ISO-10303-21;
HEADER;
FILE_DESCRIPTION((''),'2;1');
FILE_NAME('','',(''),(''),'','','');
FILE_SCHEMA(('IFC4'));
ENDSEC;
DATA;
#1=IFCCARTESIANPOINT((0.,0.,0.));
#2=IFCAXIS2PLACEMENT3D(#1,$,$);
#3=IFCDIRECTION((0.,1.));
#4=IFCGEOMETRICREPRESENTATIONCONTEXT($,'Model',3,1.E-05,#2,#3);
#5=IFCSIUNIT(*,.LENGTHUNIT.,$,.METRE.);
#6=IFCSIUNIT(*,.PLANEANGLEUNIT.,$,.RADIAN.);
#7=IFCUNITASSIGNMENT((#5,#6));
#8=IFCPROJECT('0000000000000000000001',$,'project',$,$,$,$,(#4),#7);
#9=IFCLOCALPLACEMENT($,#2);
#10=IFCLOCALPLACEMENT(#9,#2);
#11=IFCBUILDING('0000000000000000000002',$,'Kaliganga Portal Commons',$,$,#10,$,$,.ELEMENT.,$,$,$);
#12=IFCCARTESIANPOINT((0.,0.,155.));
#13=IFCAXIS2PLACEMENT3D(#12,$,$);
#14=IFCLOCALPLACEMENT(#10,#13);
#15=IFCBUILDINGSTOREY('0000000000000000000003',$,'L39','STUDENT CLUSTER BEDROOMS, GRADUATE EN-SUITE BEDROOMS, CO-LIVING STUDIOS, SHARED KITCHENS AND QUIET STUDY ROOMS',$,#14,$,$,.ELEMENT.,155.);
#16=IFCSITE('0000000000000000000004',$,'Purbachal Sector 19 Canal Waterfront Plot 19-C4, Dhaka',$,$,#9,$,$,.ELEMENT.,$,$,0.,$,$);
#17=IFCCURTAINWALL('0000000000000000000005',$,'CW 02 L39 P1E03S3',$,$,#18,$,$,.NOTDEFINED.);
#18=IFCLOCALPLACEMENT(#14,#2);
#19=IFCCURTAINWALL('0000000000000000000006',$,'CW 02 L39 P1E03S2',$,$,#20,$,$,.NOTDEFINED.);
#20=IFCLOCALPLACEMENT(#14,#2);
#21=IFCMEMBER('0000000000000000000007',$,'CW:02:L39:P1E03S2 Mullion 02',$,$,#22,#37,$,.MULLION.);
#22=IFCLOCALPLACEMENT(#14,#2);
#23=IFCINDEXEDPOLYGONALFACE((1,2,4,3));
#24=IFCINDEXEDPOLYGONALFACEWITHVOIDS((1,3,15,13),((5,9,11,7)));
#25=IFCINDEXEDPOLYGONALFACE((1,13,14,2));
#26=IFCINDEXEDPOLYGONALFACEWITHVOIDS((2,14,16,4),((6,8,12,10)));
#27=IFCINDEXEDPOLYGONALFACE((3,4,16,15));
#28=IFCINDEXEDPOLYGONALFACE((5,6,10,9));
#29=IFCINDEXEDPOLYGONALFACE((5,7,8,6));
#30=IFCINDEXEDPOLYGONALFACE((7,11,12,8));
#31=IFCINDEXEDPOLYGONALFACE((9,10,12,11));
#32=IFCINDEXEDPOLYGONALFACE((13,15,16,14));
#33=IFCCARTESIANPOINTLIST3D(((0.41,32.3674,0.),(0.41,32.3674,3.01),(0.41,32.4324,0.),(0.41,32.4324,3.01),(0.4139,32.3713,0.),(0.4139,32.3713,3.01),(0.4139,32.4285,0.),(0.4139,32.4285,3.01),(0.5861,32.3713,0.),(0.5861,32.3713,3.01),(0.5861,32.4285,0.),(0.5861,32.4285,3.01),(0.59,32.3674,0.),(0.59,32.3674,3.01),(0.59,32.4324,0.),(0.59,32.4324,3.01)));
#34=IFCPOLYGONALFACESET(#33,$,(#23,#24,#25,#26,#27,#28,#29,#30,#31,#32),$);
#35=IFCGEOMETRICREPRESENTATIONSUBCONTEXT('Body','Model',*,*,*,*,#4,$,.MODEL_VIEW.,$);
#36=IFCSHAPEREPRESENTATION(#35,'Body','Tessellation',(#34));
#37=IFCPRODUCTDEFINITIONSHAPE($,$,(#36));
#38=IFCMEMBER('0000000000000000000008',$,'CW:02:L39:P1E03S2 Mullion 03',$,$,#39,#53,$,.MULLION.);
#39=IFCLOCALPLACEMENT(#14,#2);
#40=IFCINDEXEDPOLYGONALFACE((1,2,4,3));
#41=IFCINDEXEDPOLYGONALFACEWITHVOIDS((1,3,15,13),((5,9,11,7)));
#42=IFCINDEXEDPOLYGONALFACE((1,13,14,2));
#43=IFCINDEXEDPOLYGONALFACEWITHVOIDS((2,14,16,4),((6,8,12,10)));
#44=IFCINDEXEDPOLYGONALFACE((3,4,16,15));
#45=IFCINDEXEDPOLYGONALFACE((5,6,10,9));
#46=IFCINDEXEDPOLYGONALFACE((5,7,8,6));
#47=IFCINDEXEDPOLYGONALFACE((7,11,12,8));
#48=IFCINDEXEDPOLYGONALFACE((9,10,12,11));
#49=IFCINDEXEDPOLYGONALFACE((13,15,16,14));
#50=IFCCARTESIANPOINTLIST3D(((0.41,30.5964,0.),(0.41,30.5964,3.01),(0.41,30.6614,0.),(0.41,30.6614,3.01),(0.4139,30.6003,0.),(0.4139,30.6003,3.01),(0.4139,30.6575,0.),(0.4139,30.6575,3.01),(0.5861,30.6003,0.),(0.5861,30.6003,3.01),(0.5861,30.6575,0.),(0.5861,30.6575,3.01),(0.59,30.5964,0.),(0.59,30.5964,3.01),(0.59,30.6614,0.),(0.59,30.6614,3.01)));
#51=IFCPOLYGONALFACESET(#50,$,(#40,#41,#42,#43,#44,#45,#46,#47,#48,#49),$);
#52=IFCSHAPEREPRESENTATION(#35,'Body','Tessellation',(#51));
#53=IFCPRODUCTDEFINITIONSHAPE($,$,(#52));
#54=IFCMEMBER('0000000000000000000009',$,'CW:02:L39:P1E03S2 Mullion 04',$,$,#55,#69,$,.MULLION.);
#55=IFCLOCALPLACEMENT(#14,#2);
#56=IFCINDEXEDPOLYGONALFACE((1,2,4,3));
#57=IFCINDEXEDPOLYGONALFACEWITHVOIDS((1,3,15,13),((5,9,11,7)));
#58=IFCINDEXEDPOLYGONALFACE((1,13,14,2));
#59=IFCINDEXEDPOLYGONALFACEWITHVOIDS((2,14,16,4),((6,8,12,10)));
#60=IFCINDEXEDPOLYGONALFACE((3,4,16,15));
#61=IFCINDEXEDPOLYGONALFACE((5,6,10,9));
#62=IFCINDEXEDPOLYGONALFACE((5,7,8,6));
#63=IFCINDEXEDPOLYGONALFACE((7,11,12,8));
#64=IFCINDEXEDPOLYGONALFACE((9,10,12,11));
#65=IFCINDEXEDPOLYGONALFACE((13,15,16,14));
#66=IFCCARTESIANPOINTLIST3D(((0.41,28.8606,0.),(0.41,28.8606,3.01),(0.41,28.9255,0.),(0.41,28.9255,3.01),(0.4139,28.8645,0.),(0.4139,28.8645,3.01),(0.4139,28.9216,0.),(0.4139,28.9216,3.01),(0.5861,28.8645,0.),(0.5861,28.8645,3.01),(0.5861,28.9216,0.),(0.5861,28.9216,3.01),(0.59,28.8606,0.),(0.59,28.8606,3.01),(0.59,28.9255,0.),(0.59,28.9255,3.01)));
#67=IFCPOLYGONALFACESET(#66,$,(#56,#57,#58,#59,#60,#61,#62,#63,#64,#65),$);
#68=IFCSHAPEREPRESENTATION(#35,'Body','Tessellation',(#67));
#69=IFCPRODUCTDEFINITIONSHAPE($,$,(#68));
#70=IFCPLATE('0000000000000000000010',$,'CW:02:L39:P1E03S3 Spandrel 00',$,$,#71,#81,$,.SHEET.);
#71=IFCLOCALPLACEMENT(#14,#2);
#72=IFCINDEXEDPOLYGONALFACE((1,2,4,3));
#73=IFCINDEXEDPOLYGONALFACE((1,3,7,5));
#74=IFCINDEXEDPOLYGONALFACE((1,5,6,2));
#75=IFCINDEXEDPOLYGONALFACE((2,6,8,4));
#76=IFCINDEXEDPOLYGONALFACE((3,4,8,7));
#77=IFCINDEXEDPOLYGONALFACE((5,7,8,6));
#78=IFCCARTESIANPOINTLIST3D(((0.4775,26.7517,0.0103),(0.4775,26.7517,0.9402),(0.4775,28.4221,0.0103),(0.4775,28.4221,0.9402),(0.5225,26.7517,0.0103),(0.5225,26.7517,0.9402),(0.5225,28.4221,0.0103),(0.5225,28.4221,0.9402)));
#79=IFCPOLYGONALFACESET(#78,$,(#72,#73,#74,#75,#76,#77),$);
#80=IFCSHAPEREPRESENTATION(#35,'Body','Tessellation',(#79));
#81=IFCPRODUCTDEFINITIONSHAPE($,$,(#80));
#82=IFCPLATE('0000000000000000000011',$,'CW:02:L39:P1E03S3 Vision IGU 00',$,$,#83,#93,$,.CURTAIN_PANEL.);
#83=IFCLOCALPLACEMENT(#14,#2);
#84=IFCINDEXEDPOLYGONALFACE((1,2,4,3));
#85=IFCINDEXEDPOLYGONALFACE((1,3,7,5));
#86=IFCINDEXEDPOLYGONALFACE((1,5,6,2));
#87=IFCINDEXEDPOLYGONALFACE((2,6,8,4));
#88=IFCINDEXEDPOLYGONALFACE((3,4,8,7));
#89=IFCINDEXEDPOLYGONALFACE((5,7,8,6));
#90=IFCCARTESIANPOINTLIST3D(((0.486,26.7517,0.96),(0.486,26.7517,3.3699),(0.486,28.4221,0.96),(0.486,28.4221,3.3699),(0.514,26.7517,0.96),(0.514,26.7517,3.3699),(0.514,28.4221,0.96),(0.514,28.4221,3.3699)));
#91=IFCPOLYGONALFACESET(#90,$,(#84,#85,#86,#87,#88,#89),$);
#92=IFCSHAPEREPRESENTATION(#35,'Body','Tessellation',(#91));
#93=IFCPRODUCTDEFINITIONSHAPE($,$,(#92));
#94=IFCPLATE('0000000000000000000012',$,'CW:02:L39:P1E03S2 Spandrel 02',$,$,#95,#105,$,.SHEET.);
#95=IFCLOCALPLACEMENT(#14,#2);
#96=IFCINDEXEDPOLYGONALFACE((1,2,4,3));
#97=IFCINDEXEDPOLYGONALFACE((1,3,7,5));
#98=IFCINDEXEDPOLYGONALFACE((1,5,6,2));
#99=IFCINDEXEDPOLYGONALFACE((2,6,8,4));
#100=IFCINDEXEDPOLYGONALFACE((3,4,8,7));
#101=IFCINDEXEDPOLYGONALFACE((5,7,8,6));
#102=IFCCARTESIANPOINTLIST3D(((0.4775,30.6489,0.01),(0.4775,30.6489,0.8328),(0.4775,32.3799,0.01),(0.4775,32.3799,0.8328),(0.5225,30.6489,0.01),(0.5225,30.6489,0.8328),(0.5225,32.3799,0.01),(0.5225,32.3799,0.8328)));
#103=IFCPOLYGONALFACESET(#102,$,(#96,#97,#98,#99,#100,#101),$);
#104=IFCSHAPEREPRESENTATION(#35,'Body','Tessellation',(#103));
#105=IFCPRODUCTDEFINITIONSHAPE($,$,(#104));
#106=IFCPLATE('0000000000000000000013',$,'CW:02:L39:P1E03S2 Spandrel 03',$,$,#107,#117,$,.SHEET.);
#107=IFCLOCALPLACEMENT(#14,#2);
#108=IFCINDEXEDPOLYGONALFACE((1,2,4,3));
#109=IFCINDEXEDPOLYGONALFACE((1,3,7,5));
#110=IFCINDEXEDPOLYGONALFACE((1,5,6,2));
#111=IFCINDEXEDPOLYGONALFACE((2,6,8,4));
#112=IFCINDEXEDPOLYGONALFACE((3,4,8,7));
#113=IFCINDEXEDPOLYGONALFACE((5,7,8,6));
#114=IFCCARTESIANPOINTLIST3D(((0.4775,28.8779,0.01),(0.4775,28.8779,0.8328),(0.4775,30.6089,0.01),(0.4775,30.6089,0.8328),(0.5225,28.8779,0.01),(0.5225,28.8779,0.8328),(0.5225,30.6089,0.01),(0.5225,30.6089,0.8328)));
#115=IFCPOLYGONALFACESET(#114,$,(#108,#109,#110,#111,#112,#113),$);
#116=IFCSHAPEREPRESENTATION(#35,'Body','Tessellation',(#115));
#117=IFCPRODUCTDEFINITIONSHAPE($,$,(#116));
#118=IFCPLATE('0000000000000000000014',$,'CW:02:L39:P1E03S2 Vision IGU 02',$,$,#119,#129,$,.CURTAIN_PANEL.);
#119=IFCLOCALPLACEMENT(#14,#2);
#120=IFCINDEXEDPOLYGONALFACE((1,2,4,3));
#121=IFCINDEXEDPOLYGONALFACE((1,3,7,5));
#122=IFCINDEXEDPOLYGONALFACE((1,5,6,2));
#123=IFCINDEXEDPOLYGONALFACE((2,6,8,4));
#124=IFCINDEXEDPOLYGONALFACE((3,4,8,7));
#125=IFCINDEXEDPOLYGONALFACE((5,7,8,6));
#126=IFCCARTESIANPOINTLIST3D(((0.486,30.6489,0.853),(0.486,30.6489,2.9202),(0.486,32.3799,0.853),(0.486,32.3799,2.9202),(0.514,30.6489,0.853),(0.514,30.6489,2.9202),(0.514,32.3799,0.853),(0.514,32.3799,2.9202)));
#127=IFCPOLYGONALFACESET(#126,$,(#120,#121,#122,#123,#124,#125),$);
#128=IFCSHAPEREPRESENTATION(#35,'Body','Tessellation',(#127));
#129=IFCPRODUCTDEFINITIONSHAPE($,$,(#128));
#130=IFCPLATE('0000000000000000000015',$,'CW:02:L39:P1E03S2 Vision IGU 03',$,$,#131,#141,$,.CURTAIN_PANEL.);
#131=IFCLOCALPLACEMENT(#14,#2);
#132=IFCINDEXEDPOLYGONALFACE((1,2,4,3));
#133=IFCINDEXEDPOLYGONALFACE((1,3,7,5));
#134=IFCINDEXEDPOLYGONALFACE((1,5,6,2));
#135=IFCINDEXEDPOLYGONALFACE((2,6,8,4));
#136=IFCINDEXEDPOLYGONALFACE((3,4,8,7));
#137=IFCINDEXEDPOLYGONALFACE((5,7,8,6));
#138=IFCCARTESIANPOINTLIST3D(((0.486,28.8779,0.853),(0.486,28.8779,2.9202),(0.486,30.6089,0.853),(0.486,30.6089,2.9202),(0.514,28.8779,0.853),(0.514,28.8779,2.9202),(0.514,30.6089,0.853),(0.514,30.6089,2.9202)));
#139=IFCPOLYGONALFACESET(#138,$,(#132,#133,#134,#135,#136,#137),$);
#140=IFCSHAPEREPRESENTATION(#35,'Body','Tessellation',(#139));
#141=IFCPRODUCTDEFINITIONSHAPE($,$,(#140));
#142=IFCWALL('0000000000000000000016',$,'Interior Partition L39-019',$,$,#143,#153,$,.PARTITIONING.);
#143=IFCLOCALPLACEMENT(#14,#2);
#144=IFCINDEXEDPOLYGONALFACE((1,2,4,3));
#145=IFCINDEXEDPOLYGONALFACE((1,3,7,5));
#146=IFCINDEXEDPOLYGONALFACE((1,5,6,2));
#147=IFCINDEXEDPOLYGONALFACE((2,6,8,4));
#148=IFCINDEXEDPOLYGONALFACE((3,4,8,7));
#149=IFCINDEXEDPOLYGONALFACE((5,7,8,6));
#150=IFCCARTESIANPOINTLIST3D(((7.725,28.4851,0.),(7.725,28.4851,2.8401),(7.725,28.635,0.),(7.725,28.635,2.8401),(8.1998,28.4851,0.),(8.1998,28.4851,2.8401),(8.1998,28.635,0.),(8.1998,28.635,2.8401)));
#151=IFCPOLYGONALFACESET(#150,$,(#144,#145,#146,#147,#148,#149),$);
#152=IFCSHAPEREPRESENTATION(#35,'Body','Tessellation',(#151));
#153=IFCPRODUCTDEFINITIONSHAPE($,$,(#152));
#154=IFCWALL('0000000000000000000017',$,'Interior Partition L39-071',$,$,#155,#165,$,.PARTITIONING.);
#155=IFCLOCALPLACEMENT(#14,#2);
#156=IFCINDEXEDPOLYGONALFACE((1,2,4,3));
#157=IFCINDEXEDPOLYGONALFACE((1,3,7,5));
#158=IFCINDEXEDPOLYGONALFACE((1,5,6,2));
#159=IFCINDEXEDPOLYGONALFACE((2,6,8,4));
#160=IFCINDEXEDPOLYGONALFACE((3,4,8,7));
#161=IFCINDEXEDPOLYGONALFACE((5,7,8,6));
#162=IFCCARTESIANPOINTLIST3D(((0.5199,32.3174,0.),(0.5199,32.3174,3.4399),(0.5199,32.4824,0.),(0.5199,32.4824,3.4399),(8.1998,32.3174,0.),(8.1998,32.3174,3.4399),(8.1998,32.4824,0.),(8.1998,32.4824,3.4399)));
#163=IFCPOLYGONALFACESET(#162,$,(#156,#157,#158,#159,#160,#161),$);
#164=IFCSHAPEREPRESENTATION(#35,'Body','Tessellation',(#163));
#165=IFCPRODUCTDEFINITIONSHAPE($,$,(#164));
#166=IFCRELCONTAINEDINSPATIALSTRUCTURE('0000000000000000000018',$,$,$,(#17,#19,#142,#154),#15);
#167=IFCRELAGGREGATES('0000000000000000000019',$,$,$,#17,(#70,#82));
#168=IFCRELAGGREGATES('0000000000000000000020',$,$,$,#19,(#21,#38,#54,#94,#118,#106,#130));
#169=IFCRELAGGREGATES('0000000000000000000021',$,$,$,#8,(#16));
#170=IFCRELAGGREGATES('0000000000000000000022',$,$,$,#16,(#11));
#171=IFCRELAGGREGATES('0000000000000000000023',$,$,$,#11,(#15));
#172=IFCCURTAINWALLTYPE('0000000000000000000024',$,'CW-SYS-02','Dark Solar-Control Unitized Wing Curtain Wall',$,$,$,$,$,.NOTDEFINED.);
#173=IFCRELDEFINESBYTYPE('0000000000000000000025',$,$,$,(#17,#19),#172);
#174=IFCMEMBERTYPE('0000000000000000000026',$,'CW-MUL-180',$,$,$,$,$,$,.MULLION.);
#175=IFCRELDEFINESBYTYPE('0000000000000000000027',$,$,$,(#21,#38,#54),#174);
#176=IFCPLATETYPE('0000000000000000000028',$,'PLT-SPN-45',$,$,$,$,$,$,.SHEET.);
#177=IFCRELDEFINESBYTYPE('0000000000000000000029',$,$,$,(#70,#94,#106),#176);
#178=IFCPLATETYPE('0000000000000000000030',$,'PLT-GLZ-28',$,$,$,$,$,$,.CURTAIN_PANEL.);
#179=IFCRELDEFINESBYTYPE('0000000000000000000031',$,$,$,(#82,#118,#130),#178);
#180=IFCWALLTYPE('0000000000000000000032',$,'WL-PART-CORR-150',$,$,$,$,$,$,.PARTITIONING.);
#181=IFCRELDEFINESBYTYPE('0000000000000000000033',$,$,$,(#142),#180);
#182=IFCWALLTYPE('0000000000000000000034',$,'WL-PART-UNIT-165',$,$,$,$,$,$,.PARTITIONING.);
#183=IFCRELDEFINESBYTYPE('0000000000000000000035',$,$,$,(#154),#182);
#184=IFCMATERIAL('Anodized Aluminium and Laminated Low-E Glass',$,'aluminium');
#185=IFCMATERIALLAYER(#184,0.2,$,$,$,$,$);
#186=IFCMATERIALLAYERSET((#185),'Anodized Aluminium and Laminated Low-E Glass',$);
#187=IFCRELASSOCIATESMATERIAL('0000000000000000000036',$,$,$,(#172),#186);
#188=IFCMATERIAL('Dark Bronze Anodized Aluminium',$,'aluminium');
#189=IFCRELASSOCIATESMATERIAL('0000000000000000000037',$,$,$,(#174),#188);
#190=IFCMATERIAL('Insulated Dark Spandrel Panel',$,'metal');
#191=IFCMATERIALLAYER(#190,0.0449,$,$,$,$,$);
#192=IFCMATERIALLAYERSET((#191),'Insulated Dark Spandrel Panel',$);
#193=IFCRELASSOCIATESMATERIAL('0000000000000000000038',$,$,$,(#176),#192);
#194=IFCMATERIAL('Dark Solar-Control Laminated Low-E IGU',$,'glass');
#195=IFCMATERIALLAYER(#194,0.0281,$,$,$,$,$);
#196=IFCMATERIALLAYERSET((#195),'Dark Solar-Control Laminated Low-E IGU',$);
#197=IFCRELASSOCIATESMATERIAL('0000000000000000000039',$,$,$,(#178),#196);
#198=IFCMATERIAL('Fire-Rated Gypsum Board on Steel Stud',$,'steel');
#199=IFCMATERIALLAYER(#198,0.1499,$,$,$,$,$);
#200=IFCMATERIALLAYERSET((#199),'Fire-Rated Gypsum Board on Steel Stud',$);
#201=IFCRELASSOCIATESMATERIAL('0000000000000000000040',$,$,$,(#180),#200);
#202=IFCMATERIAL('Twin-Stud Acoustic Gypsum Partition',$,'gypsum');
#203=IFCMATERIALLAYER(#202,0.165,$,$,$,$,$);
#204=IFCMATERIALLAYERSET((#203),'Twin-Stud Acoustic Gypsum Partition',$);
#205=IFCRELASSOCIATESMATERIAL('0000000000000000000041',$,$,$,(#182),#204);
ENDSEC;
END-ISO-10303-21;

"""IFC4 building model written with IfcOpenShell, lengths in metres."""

from ifc_helpers import new_model, si_unit, direction, frame, frame_2d, origin, origin_2d, place, context, subcontext, project, spatial, rectangle, hollow_rectangle, extrude, source, transform, mapped, material, layer, layer_set, material_profile, profile_set, type_object, element, aggregate, save


model = new_model("IFC4")

# Units and contexts
model_context = context("Model", 3, precision=1e-05, world=origin(), true_north=direction((0.0, 1.0)))
body_context = subcontext(model_context, "Body", "Model", "MODEL_VIEW")
ifc_project = project(units=[si_unit("LENGTHUNIT", "METRE"), si_unit("PLANEANGLEUNIT", "RADIAN")], contexts=[model_context])

# Site, building, storey
site_placement = place(None, origin())
site = spatial("IfcSite", under=ifc_project, at=site_placement, Name="Purbachal Sector 19 Canal Waterfront Plot 19-C4, Dhaka", CompositionType="ELEMENT", RefElevation=0.0)
building_placement = place(site_placement, origin())
building = spatial("IfcBuilding", under=site, at=building_placement, Name="Kaliganga Portal Commons", CompositionType="ELEMENT")
storey_placement = place(building_placement, frame((0.0, 0.0, 155.0)))
storey = spatial("IfcBuildingStorey", under=building, at=storey_placement, Name="L39", Description="STUDENT CLUSTER BEDROOMS, GRADUATE EN-SUITE BEDROOMS, CO-LIVING STUDIOS, SHARED KITCHENS AND QUIET STUDY ROOMS", CompositionType="ELEMENT", Elevation=155.0)

# Curtain walls, members
ifc_material_1 = material(Name="Anodized Aluminium and Laminated Low-E Glass", Category="aluminium")
ifc_layer_1 = layer(ifc_material_1, 0.2)
ifc_layer_set_1 = layer_set([ifc_layer_1], Name="Anodized Aluminium and Laminated Low-E Glass")
curtain_wall_type = type_object("IfcCurtainWallType", Name="CW-SYS-02", Description="Dark Solar-Control Unitized Wing Curtain Wall", PredefinedType="NOTDEFINED", material=ifc_layer_set_1)
curtain_wall_1_placement = place(storey_placement, origin())
curtain_wall_1 = element("IfcCurtainWall", 1, at=curtain_wall_1_placement, inside=storey, type_object=curtain_wall_type, Name="CW 02 L39 P1E03S3", PredefinedType="NOTDEFINED")
ifc_material_2 = material(Name="Dark Bronze Anodized Aluminium", Category="aluminium")
ifc_material_profile_1 = material_profile(ifc_material_2, hollow_rectangle(XDim=0.0649, YDim=0.1799, WallThickness=0.0039, at=origin_2d()), Name="ALU MULL 65x180x4")
ifc_profile_set_1 = profile_set([ifc_material_profile_1], Name="Dark Bronze Anodized Aluminium")
member_type_1 = type_object("IfcMemberType", Name="CW-MUL-180", PredefinedType="MULLION", material=ifc_profile_set_1)
curtain_wall_2_placement = place(storey_placement, origin())
curtain_wall_2 = element("IfcCurtainWall", 2, at=curtain_wall_2_placement, inside=storey, type_object=curtain_wall_type, Name="CW 02 L39 P1E03S2", PredefinedType="NOTDEFINED")
shared_shape_1 = source(origin(), body_context, "Body", "SweptSolid", [
    extrude(hollow_rectangle(XDim=0.0649, YDim=0.1799, WallThickness=0.0039, at=origin_2d()), origin(), (0.0, 0.0, 1.0), 3.01),
])
member_1_placement = place(storey_placement, frame((0.5, 32.3999, 0.0), z_axis=(0.0, 0.0, 1.0), x_axis=(0.0, -1.0, 0.0)))
member_1 = element("IfcMember", 3, at=member_1_placement, type_object=member_type_1, Name="CW:02:L39:P1E03S2 Mullion 02", PredefinedType="MULLION", context=body_context, shape_type="MappedRepresentation", body=[
    mapped(shared_shape_1, transform((0.0, 0.0, 0.0), x_axis=(1.0, 0.0, 0.0), y_axis=(0.0, 1.0, 0.0), z_axis=(0.0, 0.0, 1.0), scale=1.0)),
])
member_2_placement = place(storey_placement, frame((0.5, 30.6289, 0.0), z_axis=(0.0, 0.0, 1.0), x_axis=(0.0, -1.0, 0.0)))
member_2 = element("IfcMember", 4, at=member_2_placement, type_object=member_type_1, Name="CW:02:L39:P1E03S2 Mullion 03", PredefinedType="MULLION", context=body_context, shape_type="MappedRepresentation", body=[
    mapped(shared_shape_1, transform((0.0, 0.0, 0.0), x_axis=(1.0, 0.0, 0.0), y_axis=(0.0, 1.0, 0.0), z_axis=(0.0, 0.0, 1.0), scale=1.0)),
])
member_3_placement = place(storey_placement, frame((0.5, 28.8931, 0.0), z_axis=(0.0, 0.0, 1.0), x_axis=(0.0, -1.0, 0.0)))
member_3 = element("IfcMember", 5, at=member_3_placement, type_object=member_type_1, Name="CW:02:L39:P1E03S2 Mullion 04", PredefinedType="MULLION", context=body_context, shape_type="MappedRepresentation", body=[
    mapped(shared_shape_1, transform((0.0, 0.0, 0.0), x_axis=(1.0, 0.0, 0.0), y_axis=(0.0, 1.0, 0.0), z_axis=(0.0, 0.0, 1.0), scale=1.0)),
])

# Plates
ifc_material_3 = material(Name="Insulated Dark Spandrel Panel", Category="metal")
ifc_layer_2 = layer(ifc_material_3, 0.0449)
ifc_layer_set_2 = layer_set([ifc_layer_2], Name="Insulated Dark Spandrel Panel")
plate_type_1 = type_object("IfcPlateType", Name="PLT-SPN-45", PredefinedType="SHEET", material=ifc_layer_set_2)
shared_shape_2 = source(origin(), body_context, "Body", "SweptSolid", [
    extrude(rectangle(XDim=1.6704, YDim=0.0449, at=origin_2d()), origin(), (0.0, 0.0, 1.0), 0.9299),
])
plate_1_placement = place(storey_placement, frame((0.5, 27.5869, 0.0103), z_axis=(0.0, 0.0, 1.0), x_axis=(0.0, -1.0, 0.0)))
plate_1 = element("IfcPlate", 6, at=plate_1_placement, type_object=plate_type_1, Name="CW:02:L39:P1E03S3 Spandrel 00", PredefinedType="SHEET", context=body_context, shape_type="MappedRepresentation", body=[
    mapped(shared_shape_2, transform((0.0, 0.0, 0.0), x_axis=(1.0, 0.0, 0.0), y_axis=(0.0, 1.0, 0.0), z_axis=(0.0, 0.0, 1.0), scale=1.0)),
])
ifc_material_4 = material(Name="Dark Solar-Control Laminated Low-E IGU", Category="glass")
ifc_layer_3 = layer(ifc_material_4, 0.0281)
ifc_layer_set_3 = layer_set([ifc_layer_3], Name="Dark Solar-Control Laminated Low-E IGU")
plate_type_2 = type_object("IfcPlateType", Name="PLT-GLZ-28", PredefinedType="CURTAIN_PANEL", material=ifc_layer_set_3)
shared_shape_3 = source(origin(), body_context, "Body", "SweptSolid", [
    extrude(rectangle(XDim=1.6704, YDim=0.0281, at=origin_2d()), origin(), (0.0, 0.0, 1.0), 2.4099),
])
plate_2_placement = place(storey_placement, frame((0.5, 27.5869, 0.96), z_axis=(0.0, 0.0, 1.0), x_axis=(0.0, -1.0, 0.0)))
plate_2 = element("IfcPlate", 7, at=plate_2_placement, type_object=plate_type_2, Name="CW:02:L39:P1E03S3 Vision IGU 00", PredefinedType="CURTAIN_PANEL", context=body_context, shape_type="MappedRepresentation", body=[
    mapped(shared_shape_3, transform((0.0, 0.0, 0.0), x_axis=(1.0, 0.0, 0.0), y_axis=(0.0, 1.0, 0.0), z_axis=(0.0, 0.0, 1.0), scale=1.0)),
])
aggregate(curtain_wall_1, [plate_1, plate_2])
shared_shape_4 = source(origin(), body_context, "Body", "SweptSolid", [
    extrude(rectangle(XDim=1.731, YDim=0.0449, at=origin_2d()), origin(), (0.0, 0.0, 1.0), 0.8228),
])
plate_3_placement = place(storey_placement, frame((0.5, 31.5144, 0.01), z_axis=(0.0, 0.0, 1.0), x_axis=(0.0, -1.0, 0.0)))
plate_3 = element("IfcPlate", 8, at=plate_3_placement, type_object=plate_type_1, Name="CW:02:L39:P1E03S2 Spandrel 02", PredefinedType="SHEET", context=body_context, shape_type="MappedRepresentation", body=[
    mapped(shared_shape_4, transform((0.0, 0.0, 0.0), x_axis=(1.0, 0.0, 0.0), y_axis=(0.0, 1.0, 0.0), z_axis=(0.0, 0.0, 1.0), scale=1.0)),
])
plate_4_placement = place(storey_placement, frame((0.5, 29.7434, 0.01), z_axis=(0.0, 0.0, 1.0), x_axis=(0.0, -1.0, 0.0)))
plate_4 = element("IfcPlate", 9, at=plate_4_placement, type_object=plate_type_1, Name="CW:02:L39:P1E03S2 Spandrel 03", PredefinedType="SHEET", context=body_context, shape_type="MappedRepresentation", body=[
    mapped(shared_shape_4, transform((0.0, 0.0, 0.0), x_axis=(1.0, 0.0, 0.0), y_axis=(0.0, 1.0, 0.0), z_axis=(0.0, 0.0, 1.0), scale=1.0)),
])
shared_shape_5 = source(origin(), body_context, "Body", "SweptSolid", [
    extrude(rectangle(XDim=1.731, YDim=0.0281, at=origin_2d()), origin(), (0.0, 0.0, 1.0), 2.0671),
])
plate_5_placement = place(storey_placement, frame((0.5, 31.5144, 0.853), z_axis=(0.0, 0.0, 1.0), x_axis=(0.0, -1.0, 0.0)))
plate_5 = element("IfcPlate", 10, at=plate_5_placement, type_object=plate_type_2, Name="CW:02:L39:P1E03S2 Vision IGU 02", PredefinedType="CURTAIN_PANEL", context=body_context, shape_type="MappedRepresentation", body=[
    mapped(shared_shape_5, transform((0.0, 0.0, 0.0), x_axis=(1.0, 0.0, 0.0), y_axis=(0.0, 1.0, 0.0), z_axis=(0.0, 0.0, 1.0), scale=1.0)),
])
plate_6_placement = place(storey_placement, frame((0.5, 29.7434, 0.853), z_axis=(0.0, 0.0, 1.0), x_axis=(0.0, -1.0, 0.0)))
plate_6 = element("IfcPlate", 11, at=plate_6_placement, type_object=plate_type_2, Name="CW:02:L39:P1E03S2 Vision IGU 03", PredefinedType="CURTAIN_PANEL", context=body_context, shape_type="MappedRepresentation", body=[
    mapped(shared_shape_5, transform((0.0, 0.0, 0.0), x_axis=(1.0, 0.0, 0.0), y_axis=(0.0, 1.0, 0.0), z_axis=(0.0, 0.0, 1.0), scale=1.0)),
])
aggregate(curtain_wall_2, [member_1, member_2, member_3, plate_3, plate_5, plate_4, plate_6])

# Shared definitions
ifc_material_5 = material(Name="Fire-Rated Gypsum Board on Steel Stud", Category="steel")
ifc_layer_4 = layer(ifc_material_5, 0.1499)
ifc_layer_set_4 = layer_set([ifc_layer_4], Name="Fire-Rated Gypsum Board on Steel Stud")
wall_type_1 = type_object("IfcWallType", Name="WL-PART-CORR-150", PredefinedType="PARTITIONING", material=ifc_layer_set_4)

# Walls
wall_1_placement = place(storey_placement, frame((7.7251, 28.5601, 0.0), z_axis=(0.0, 0.0, 1.0), x_axis=(1.0, 0.0, 0.0)))
element("IfcWall", 12, at=wall_1_placement, inside=storey, type_object=wall_type_1, Name="Interior Partition L39-019", PredefinedType="PARTITIONING", context=body_context, shape_type="SweptSolid", body=[
    extrude(rectangle(XDim=0.4749, YDim=0.1499, at=frame_2d((0.2373, 0.0))), origin(), (0.0, 0.0, 1.0), 2.8401),
])
ifc_material_6 = material(Name="Twin-Stud Acoustic Gypsum Partition", Category="gypsum")
ifc_layer_5 = layer(ifc_material_6, 0.165)
ifc_layer_set_5 = layer_set([ifc_layer_5], Name="Twin-Stud Acoustic Gypsum Partition")
wall_type_2 = type_object("IfcWallType", Name="WL-PART-UNIT-165", PredefinedType="PARTITIONING", material=ifc_layer_set_5)
wall_2_placement = place(storey_placement, frame((0.52, 32.3999, 0.0), z_axis=(0.0, 0.0, 1.0), x_axis=(1.0, 0.0, 0.0)))
element("IfcWall", 13, at=wall_2_placement, inside=storey, type_object=wall_type_2, Name="Interior Partition L39-071", PredefinedType="PARTITIONING", context=body_context, shape_type="SweptSolid", body=[
    extrude(rectangle(XDim=7.6799, YDim=0.165, at=frame_2d((3.8398, 0.0))), origin(), (0.0, 0.0, 1.0), 3.4399),
])

save(model, "model.ifc")
